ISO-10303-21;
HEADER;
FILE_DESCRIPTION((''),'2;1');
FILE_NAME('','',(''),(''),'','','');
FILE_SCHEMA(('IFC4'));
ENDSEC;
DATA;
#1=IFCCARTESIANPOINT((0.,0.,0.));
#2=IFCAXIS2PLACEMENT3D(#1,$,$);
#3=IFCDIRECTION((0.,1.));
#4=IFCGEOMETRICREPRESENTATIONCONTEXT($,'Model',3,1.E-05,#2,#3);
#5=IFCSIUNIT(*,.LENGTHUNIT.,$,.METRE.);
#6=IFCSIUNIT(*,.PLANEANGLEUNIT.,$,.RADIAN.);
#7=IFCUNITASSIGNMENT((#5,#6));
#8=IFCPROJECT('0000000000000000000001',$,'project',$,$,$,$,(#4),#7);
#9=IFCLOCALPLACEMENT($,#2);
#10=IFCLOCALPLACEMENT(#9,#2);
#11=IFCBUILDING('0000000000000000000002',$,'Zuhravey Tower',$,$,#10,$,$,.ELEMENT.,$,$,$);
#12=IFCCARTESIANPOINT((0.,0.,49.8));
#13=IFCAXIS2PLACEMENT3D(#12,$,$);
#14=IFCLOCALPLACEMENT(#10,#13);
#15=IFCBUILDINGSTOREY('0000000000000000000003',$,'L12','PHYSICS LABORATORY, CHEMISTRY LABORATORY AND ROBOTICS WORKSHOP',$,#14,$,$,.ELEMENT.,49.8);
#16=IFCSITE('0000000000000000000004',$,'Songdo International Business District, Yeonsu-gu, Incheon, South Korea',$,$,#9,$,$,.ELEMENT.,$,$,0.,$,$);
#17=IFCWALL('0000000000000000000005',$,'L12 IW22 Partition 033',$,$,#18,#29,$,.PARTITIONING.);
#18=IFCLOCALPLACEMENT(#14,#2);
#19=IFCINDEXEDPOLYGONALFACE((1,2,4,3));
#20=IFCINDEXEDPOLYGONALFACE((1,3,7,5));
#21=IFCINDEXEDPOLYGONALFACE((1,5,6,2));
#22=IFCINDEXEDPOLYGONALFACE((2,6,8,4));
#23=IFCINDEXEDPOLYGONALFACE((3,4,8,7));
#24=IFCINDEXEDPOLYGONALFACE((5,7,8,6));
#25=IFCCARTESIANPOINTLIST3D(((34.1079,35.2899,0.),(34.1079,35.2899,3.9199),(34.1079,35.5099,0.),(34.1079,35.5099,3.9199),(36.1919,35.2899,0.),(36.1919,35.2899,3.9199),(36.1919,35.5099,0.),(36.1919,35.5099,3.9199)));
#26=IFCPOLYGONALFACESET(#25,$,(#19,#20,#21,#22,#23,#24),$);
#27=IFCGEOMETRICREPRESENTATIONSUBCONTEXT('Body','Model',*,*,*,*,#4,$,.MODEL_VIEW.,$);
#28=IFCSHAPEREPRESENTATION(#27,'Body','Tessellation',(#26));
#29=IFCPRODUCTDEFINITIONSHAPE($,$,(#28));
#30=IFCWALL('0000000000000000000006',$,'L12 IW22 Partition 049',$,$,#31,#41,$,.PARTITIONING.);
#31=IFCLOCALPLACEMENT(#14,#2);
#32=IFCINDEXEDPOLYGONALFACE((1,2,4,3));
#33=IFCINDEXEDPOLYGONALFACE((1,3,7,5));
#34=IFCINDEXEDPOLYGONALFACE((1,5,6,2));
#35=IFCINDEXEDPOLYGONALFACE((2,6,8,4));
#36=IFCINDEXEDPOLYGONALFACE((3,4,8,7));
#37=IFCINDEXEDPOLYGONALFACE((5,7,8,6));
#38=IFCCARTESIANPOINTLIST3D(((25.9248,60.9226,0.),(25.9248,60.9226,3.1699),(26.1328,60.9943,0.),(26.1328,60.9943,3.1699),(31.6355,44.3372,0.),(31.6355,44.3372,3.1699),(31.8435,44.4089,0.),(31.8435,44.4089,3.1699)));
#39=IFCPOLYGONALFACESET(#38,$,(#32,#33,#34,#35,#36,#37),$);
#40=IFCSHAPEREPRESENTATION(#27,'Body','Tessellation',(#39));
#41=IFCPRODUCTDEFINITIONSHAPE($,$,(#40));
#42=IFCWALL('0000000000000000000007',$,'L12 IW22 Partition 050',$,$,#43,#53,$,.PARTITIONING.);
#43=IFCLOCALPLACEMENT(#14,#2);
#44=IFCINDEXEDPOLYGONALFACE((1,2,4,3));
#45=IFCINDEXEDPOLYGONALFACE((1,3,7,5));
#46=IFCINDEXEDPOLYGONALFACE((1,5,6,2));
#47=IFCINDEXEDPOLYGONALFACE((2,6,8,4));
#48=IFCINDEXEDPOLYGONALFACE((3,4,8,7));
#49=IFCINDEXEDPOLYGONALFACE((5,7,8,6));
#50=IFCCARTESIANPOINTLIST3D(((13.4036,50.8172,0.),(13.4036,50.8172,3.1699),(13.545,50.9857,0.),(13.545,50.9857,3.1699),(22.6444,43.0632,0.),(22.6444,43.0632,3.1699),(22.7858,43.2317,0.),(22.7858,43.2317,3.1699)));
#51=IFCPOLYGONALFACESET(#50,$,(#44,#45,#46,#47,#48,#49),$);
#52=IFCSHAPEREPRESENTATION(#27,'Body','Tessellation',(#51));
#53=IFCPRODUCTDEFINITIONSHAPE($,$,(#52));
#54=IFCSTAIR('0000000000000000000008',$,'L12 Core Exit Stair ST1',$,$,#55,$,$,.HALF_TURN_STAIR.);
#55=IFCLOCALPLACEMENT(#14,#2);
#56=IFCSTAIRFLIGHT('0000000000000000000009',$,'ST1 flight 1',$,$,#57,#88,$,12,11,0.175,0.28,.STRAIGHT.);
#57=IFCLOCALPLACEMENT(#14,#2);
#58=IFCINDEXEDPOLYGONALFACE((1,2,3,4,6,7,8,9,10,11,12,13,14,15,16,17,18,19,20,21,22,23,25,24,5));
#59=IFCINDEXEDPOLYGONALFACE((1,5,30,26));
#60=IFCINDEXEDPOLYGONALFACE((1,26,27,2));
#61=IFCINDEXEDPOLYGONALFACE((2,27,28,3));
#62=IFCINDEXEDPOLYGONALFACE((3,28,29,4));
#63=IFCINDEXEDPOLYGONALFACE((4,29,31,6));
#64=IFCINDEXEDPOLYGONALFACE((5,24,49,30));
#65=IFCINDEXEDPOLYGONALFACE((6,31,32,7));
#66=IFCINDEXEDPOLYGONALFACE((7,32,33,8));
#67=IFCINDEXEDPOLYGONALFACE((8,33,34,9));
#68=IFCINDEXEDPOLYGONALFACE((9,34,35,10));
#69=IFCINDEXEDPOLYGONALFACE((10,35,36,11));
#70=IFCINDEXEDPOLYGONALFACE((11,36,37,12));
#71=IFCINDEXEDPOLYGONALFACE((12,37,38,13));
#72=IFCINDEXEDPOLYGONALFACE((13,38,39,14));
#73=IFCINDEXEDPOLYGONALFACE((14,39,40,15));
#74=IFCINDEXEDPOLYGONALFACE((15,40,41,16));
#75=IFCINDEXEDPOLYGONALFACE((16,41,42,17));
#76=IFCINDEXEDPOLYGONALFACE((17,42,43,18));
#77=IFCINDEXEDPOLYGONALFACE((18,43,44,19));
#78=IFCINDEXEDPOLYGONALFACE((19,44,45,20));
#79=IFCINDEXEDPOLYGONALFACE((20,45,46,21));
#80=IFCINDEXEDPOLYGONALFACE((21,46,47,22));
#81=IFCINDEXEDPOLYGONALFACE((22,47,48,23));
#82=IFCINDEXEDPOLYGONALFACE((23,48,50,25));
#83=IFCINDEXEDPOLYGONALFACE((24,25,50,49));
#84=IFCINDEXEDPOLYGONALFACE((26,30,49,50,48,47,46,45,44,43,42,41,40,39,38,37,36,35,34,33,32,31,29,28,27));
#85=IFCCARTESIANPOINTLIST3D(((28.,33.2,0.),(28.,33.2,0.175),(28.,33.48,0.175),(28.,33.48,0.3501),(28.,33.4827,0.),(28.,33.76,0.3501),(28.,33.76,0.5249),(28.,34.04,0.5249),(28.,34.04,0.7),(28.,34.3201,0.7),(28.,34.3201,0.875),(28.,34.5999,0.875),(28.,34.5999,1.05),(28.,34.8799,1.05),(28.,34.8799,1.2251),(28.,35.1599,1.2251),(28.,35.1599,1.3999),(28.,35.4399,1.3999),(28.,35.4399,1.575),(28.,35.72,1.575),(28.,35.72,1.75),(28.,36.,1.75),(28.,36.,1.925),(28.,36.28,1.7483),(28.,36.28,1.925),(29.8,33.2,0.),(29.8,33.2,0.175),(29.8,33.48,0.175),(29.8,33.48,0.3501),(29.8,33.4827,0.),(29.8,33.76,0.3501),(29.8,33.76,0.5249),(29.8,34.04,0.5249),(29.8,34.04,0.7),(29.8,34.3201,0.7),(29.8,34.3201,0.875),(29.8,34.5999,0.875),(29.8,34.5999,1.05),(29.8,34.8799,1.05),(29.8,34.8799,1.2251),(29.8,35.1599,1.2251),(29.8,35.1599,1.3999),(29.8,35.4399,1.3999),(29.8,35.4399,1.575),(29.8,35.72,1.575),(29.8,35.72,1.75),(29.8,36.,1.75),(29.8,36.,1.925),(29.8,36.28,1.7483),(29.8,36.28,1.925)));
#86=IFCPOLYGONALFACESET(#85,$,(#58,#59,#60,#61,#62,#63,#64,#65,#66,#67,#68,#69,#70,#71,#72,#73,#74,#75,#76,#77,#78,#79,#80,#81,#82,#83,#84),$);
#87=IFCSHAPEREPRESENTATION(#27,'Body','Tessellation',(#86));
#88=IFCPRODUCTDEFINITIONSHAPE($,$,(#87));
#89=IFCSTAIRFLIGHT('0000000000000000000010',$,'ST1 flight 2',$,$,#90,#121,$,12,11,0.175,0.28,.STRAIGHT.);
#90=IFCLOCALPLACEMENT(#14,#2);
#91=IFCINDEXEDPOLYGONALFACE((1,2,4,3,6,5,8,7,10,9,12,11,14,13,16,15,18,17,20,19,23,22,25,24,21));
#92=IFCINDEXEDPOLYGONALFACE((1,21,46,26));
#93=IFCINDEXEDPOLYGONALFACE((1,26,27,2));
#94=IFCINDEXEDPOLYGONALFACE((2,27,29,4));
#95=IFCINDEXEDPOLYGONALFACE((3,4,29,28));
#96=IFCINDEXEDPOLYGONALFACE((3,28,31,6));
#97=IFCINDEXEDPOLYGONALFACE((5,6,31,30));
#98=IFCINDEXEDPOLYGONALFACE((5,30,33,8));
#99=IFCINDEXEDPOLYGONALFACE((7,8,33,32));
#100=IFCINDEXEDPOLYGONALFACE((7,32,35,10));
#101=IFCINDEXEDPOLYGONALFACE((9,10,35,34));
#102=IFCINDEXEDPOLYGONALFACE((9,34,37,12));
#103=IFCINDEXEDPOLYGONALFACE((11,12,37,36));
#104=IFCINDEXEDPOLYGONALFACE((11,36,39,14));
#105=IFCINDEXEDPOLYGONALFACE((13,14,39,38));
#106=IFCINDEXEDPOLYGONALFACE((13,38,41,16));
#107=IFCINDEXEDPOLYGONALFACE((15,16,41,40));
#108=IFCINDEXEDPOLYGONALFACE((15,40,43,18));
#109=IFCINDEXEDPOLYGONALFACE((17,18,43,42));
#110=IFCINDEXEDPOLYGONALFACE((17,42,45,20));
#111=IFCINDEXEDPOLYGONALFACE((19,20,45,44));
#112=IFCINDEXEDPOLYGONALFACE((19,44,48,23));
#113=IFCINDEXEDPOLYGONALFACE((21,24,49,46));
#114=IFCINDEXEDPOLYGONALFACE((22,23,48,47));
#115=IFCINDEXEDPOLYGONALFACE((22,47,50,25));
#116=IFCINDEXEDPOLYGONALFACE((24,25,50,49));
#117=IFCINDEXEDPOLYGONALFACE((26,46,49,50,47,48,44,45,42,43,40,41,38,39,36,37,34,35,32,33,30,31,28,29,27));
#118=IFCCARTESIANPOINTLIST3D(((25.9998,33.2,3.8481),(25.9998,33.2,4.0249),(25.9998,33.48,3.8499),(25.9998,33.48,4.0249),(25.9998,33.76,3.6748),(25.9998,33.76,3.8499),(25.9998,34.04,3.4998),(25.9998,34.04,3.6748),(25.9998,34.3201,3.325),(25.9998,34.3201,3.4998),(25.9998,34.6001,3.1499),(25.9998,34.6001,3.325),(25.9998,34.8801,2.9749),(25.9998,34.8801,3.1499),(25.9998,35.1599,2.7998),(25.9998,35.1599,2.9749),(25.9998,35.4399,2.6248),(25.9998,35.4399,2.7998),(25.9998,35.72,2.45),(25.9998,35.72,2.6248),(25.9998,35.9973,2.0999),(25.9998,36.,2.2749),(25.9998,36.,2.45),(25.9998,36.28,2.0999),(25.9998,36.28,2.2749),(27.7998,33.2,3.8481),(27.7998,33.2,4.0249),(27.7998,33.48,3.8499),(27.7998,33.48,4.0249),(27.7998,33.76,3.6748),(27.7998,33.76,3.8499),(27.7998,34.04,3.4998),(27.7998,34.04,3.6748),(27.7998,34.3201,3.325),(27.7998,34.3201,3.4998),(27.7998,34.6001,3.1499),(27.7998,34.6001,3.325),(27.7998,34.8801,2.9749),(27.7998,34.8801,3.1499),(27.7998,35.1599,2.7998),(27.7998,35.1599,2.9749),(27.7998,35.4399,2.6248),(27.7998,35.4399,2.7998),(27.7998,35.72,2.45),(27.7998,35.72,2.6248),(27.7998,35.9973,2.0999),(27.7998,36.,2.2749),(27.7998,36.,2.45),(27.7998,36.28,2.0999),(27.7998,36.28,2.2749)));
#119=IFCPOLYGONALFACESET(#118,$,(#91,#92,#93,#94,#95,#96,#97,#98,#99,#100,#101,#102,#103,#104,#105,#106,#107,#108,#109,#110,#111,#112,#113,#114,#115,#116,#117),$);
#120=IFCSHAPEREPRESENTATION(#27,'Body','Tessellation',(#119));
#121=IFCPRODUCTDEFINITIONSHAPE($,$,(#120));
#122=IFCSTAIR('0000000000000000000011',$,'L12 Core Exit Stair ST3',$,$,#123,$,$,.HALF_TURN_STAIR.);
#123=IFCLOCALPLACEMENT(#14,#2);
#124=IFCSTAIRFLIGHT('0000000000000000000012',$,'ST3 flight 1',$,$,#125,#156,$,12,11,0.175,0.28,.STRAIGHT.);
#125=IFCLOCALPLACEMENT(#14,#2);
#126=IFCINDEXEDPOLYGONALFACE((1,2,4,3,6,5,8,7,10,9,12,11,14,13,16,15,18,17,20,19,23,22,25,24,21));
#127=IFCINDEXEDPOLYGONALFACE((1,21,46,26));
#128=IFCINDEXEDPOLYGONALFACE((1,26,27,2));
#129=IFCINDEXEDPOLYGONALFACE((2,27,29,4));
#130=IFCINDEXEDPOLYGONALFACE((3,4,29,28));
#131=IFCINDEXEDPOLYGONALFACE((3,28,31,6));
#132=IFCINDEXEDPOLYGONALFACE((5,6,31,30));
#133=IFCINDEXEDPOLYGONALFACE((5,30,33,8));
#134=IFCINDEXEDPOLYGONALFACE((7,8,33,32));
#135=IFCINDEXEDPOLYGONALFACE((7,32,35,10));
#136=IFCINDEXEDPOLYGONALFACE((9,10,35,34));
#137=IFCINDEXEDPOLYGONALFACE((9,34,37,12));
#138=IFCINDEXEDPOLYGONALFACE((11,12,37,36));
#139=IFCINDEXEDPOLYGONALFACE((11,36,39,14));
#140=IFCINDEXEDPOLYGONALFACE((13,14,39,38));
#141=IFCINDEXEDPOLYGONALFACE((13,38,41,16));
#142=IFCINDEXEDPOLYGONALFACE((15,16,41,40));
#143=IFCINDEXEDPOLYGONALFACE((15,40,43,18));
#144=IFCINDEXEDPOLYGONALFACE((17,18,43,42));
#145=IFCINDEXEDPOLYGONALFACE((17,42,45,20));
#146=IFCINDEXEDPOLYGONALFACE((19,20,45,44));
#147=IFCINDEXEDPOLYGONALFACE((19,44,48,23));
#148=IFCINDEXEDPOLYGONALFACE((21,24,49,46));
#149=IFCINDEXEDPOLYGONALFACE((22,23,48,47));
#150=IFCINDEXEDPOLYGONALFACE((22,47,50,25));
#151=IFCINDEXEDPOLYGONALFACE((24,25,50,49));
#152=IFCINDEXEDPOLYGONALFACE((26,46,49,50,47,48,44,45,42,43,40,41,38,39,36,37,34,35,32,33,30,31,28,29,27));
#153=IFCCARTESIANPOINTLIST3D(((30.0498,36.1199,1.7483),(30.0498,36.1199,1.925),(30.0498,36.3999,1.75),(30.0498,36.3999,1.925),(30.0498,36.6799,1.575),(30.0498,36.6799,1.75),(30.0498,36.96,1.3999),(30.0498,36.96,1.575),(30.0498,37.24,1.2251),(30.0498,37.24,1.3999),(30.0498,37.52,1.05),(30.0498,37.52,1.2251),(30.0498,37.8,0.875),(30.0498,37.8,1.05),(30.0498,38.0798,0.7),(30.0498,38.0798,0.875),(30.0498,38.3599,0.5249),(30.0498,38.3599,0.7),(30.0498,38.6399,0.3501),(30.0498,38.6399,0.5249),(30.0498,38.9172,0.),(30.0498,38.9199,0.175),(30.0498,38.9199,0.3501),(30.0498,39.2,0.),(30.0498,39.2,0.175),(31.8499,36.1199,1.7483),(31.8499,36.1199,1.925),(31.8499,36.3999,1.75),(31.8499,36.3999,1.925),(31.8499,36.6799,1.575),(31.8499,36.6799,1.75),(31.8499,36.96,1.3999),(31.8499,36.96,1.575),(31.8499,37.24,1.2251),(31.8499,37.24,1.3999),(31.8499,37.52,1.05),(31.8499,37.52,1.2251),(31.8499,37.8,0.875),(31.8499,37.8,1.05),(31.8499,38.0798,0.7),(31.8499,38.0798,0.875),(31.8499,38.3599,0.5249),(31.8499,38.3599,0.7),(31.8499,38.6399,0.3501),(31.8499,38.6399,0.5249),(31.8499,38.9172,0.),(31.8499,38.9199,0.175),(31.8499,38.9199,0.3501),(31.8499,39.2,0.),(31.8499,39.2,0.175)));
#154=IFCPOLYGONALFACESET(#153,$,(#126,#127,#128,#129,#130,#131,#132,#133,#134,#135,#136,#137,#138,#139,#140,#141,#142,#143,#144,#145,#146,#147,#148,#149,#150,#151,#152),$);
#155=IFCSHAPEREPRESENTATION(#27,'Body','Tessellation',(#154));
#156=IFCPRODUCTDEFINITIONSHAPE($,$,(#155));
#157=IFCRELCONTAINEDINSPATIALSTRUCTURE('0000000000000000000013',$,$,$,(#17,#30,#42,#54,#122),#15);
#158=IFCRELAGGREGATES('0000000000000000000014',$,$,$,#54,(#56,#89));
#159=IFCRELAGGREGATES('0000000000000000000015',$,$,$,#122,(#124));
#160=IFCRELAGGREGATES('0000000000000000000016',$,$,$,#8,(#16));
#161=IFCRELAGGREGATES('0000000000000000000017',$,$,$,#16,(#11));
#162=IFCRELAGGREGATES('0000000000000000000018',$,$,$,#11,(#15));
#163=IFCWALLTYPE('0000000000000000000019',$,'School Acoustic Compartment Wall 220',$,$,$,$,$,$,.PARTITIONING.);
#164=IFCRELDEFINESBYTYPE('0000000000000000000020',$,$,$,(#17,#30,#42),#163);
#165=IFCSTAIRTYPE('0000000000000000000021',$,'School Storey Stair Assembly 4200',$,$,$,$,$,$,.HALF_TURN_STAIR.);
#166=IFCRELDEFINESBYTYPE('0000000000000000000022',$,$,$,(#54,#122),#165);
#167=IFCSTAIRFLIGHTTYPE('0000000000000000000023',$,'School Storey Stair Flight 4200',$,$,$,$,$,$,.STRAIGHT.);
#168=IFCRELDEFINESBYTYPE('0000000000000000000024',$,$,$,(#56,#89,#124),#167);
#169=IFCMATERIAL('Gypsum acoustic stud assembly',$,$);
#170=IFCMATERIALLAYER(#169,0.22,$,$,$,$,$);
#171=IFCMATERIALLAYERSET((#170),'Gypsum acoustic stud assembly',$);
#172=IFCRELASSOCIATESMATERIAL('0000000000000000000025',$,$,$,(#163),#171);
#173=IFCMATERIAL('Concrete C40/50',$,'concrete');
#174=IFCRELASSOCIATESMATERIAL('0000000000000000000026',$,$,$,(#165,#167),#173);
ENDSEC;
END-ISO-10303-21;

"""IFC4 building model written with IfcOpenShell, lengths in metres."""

from ifc_helpers import new_model, si_unit, direction, frame, frame_2d, origin, place, context, subcontext, project, spatial, polyline, rectangle, outline, extrude, material, layer, layer_set, type_object, element, aggregate, save


model = new_model("IFC4")

# Units and contexts
model_context = context("Model", 3, precision=1e-05, world=origin(), true_north=direction((0.0, 1.0)))
body_context = subcontext(model_context, "Body", "Model", "MODEL_VIEW")
ifc_project = project(units=[si_unit("LENGTHUNIT", "METRE"), si_unit("PLANEANGLEUNIT", "RADIAN")], contexts=[model_context])

# Site, building, storey
site_placement = place(None, origin())
site = spatial("IfcSite", under=ifc_project, at=site_placement, Name="Songdo International Business District, Yeonsu-gu, Incheon, South Korea", CompositionType="ELEMENT", RefElevation=0.0)
building_placement = place(site_placement, origin())
building = spatial("IfcBuilding", under=site, at=building_placement, Name="Zuhravey Tower", CompositionType="ELEMENT")
storey_placement = place(building_placement, frame((0.0, 0.0, 49.8)))
storey = spatial("IfcBuildingStorey", under=building, at=storey_placement, Name="L12", Description="PHYSICS LABORATORY, CHEMISTRY LABORATORY AND ROBOTICS WORKSHOP", CompositionType="ELEMENT", Elevation=49.8)

# Walls
ifc_material_1 = material(Name="Gypsum acoustic stud assembly")
ifc_layer_1 = layer(ifc_material_1, 0.22)
ifc_layer_set_1 = layer_set([ifc_layer_1], Name="Gypsum acoustic stud assembly")
wall_type_1 = type_object("IfcWallType", Name="School Acoustic Compartment Wall 220", PredefinedType="PARTITIONING", material=ifc_layer_set_1)
wall_1_placement = place(storey_placement, frame((34.1079, 35.3999, 0.0), z_axis=(0.0, 0.0, 1.0), x_axis=(1.0, 0.0, 0.0)))
element("IfcWall", 1, at=wall_1_placement, inside=storey, type_object=wall_type_1, Name="L12 IW22 Partition 033", PredefinedType="PARTITIONING", context=body_context, shape_type="SweptSolid", body=[
    extrude(rectangle(XDim=2.084, YDim=0.22, at=frame_2d((1.042, 0.0))), origin(), (0.0, 0.0, 1.0), 3.9199),
])
wall_2_placement = place(storey_placement, frame((31.7395, 44.373, 0.0), z_axis=(0.0, 0.0, 1.0), x_axis=(-0.325561, 0.945521, 0.0)))
element("IfcWall", 2, at=wall_2_placement, inside=storey, type_object=wall_type_1, Name="L12 IW22 Partition 049", PredefinedType="PARTITIONING", context=body_context, shape_type="SweptSolid", body=[
    extrude(rectangle(XDim=17.541, YDim=0.22, at=frame_2d((8.7705, 0.0))), origin(), (0.0, 0.0, 1.0), 3.1699),
])
wall_3_placement = place(storey_placement, frame((22.7151, 43.1475, 0.0), z_axis=(0.0, 0.0, 1.0), x_axis=(-0.766044, 0.642789, 0.0)))
element("IfcWall", 3, at=wall_3_placement, inside=storey, type_object=wall_type_1, Name="L12 IW22 Partition 050", PredefinedType="PARTITIONING", context=body_context, shape_type="SweptSolid", body=[
    extrude(rectangle(XDim=12.063, YDim=0.22, at=frame_2d((6.0315, 0.0))), origin(), (0.0, 0.0, 1.0), 3.1699),
])

# Stairs, stair flights
ifc_material_2 = material(Name="Concrete C40/50", Category="concrete")
stair_type = type_object("IfcStairType", Name="School Storey Stair Assembly 4200", PredefinedType="HALF_TURN_STAIR", material=ifc_material_2)
stair_1_placement = place(storey_placement, origin())
stair_1 = element("IfcStair", 4, at=stair_1_placement, inside=storey, type_object=stair_type, Name="L12 Core Exit Stair ST1", PredefinedType="HALF_TURN_STAIR")
stair_flight_type = type_object("IfcStairFlightType", Name="School Storey Stair Flight 4200", PredefinedType="STRAIGHT", material=ifc_material_2)
stair_flight_1_placement = place(storey_placement, frame((28.8999, 33.2, 0.0), z_axis=(0.0, 0.0, 1.0), x_axis=(0.0, 1.0, 0.0)))
stair_flight_1 = element("IfcStairFlight", 5, at=stair_flight_1_placement, type_object=stair_flight_type, Name="ST1 flight 1", NumberOfRisers=12, NumberOfTreads=11, PredefinedType="STRAIGHT", RiserHeight=0.175, TreadLength=0.28, context=body_context, shape_type="SweptSolid", body=[
    extrude(outline(polyline([(0.0, 0.0), (0.0, 0.175), (0.28, 0.175), (0.28, 0.3501), (0.5601, 0.3501), (0.5601, 0.5249), (0.8401, 0.5249), (0.8401, 0.7), (1.1201, 0.7), (1.1201, 0.875), (1.3999, 0.875), (1.3999, 1.05), (1.6799, 1.05), (1.6799, 1.2251), (1.96, 1.2251), (1.96, 1.3999), (2.24, 1.3999), (2.24, 1.575), (2.52, 1.575), (2.52, 1.75), (2.8, 1.75), (2.8, 1.925), (3.0801, 1.925), (3.0801, 2.1001), (3.0801, 1.7483), (0.2827, 0.0), (0.0, 0.0)])), frame((0.0, 0.8999, 0.0), z_axis=(0.0, -1.0, 0.0), x_axis=(1.0, 0.0, 0.0)), (0.0, 0.0, 1.0), 1.8),
])
stair_flight_2_placement = place(storey_placement, frame((26.8999, 36.28, 2.0999), z_axis=(0.0, 0.0, 1.0), x_axis=(0.0, -1.0, 0.0)))
stair_flight_2 = element("IfcStairFlight", 6, at=stair_flight_2_placement, type_object=stair_flight_type, Name="ST1 flight 2", NumberOfRisers=12, NumberOfTreads=11, PredefinedType="STRAIGHT", RiserHeight=0.175, TreadLength=0.28, context=body_context, shape_type="SweptSolid", body=[
    extrude(outline(polyline([(0.0, 0.0), (0.0, 0.175), (0.28, 0.175), (0.28, 0.3501), (0.5601, 0.3501), (0.5601, 0.5249), (0.8401, 0.5249), (0.8401, 0.7), (1.1201, 0.7), (1.1201, 0.875), (1.3999, 0.875), (1.3999, 1.05), (1.6799, 1.05), (1.6799, 1.2251), (1.96, 1.2251), (1.96, 1.3999), (2.24, 1.3999), (2.24, 1.575), (2.52, 1.575), (2.52, 1.75), (2.8, 1.75), (2.8, 1.925), (3.0801, 1.925), (3.0801, 2.1001), (3.0801, 1.7483), (0.2827, 0.0), (0.0, 0.0)])), frame((0.0, 0.8999, 0.0), z_axis=(0.0, -1.0, 0.0), x_axis=(1.0, 0.0, 0.0)), (0.0, 0.0, 1.0), 1.8),
])
aggregate(stair_1, [stair_flight_1, stair_flight_2])
stair_2_placement = place(storey_placement, origin())
stair_2 = element("IfcStair", 7, at=stair_2_placement, inside=storey, type_object=stair_type, Name="L12 Core Exit Stair ST3", PredefinedType="HALF_TURN_STAIR")
stair_flight_3_placement = place(storey_placement, frame((30.95, 39.2, 0.0), z_axis=(0.0, 0.0, 1.0), x_axis=(0.0, -1.0, 0.0)))
stair_flight_3 = element("IfcStairFlight", 8, at=stair_flight_3_placement, type_object=stair_flight_type, Name="ST3 flight 1", NumberOfRisers=12, NumberOfTreads=11, PredefinedType="STRAIGHT", RiserHeight=0.175, TreadLength=0.28, context=body_context, shape_type="SweptSolid", body=[
    extrude(outline(polyline([(0.0, 0.0), (0.0, 0.175), (0.28, 0.175), (0.28, 0.3501), (0.5601, 0.3501), (0.5601, 0.5249), (0.8401, 0.5249), (0.8401, 0.7), (1.1201, 0.7), (1.1201, 0.875), (1.3999, 0.875), (1.3999, 1.05), (1.6799, 1.05), (1.6799, 1.2251), (1.96, 1.2251), (1.96, 1.3999), (2.24, 1.3999), (2.24, 1.575), (2.52, 1.575), (2.52, 1.75), (2.8, 1.75), (2.8, 1.925), (3.0801, 1.925), (3.0801, 2.1001), (3.0801, 1.7483), (0.2827, 0.0), (0.0, 0.0)])), frame((0.0, 0.8999, 0.0), z_axis=(0.0, -1.0, 0.0), x_axis=(1.0, 0.0, 0.0)), (0.0, 0.0, 1.0), 1.8),
])
aggregate(stair_2, [stair_flight_3])

save(model, "model.ifc")
